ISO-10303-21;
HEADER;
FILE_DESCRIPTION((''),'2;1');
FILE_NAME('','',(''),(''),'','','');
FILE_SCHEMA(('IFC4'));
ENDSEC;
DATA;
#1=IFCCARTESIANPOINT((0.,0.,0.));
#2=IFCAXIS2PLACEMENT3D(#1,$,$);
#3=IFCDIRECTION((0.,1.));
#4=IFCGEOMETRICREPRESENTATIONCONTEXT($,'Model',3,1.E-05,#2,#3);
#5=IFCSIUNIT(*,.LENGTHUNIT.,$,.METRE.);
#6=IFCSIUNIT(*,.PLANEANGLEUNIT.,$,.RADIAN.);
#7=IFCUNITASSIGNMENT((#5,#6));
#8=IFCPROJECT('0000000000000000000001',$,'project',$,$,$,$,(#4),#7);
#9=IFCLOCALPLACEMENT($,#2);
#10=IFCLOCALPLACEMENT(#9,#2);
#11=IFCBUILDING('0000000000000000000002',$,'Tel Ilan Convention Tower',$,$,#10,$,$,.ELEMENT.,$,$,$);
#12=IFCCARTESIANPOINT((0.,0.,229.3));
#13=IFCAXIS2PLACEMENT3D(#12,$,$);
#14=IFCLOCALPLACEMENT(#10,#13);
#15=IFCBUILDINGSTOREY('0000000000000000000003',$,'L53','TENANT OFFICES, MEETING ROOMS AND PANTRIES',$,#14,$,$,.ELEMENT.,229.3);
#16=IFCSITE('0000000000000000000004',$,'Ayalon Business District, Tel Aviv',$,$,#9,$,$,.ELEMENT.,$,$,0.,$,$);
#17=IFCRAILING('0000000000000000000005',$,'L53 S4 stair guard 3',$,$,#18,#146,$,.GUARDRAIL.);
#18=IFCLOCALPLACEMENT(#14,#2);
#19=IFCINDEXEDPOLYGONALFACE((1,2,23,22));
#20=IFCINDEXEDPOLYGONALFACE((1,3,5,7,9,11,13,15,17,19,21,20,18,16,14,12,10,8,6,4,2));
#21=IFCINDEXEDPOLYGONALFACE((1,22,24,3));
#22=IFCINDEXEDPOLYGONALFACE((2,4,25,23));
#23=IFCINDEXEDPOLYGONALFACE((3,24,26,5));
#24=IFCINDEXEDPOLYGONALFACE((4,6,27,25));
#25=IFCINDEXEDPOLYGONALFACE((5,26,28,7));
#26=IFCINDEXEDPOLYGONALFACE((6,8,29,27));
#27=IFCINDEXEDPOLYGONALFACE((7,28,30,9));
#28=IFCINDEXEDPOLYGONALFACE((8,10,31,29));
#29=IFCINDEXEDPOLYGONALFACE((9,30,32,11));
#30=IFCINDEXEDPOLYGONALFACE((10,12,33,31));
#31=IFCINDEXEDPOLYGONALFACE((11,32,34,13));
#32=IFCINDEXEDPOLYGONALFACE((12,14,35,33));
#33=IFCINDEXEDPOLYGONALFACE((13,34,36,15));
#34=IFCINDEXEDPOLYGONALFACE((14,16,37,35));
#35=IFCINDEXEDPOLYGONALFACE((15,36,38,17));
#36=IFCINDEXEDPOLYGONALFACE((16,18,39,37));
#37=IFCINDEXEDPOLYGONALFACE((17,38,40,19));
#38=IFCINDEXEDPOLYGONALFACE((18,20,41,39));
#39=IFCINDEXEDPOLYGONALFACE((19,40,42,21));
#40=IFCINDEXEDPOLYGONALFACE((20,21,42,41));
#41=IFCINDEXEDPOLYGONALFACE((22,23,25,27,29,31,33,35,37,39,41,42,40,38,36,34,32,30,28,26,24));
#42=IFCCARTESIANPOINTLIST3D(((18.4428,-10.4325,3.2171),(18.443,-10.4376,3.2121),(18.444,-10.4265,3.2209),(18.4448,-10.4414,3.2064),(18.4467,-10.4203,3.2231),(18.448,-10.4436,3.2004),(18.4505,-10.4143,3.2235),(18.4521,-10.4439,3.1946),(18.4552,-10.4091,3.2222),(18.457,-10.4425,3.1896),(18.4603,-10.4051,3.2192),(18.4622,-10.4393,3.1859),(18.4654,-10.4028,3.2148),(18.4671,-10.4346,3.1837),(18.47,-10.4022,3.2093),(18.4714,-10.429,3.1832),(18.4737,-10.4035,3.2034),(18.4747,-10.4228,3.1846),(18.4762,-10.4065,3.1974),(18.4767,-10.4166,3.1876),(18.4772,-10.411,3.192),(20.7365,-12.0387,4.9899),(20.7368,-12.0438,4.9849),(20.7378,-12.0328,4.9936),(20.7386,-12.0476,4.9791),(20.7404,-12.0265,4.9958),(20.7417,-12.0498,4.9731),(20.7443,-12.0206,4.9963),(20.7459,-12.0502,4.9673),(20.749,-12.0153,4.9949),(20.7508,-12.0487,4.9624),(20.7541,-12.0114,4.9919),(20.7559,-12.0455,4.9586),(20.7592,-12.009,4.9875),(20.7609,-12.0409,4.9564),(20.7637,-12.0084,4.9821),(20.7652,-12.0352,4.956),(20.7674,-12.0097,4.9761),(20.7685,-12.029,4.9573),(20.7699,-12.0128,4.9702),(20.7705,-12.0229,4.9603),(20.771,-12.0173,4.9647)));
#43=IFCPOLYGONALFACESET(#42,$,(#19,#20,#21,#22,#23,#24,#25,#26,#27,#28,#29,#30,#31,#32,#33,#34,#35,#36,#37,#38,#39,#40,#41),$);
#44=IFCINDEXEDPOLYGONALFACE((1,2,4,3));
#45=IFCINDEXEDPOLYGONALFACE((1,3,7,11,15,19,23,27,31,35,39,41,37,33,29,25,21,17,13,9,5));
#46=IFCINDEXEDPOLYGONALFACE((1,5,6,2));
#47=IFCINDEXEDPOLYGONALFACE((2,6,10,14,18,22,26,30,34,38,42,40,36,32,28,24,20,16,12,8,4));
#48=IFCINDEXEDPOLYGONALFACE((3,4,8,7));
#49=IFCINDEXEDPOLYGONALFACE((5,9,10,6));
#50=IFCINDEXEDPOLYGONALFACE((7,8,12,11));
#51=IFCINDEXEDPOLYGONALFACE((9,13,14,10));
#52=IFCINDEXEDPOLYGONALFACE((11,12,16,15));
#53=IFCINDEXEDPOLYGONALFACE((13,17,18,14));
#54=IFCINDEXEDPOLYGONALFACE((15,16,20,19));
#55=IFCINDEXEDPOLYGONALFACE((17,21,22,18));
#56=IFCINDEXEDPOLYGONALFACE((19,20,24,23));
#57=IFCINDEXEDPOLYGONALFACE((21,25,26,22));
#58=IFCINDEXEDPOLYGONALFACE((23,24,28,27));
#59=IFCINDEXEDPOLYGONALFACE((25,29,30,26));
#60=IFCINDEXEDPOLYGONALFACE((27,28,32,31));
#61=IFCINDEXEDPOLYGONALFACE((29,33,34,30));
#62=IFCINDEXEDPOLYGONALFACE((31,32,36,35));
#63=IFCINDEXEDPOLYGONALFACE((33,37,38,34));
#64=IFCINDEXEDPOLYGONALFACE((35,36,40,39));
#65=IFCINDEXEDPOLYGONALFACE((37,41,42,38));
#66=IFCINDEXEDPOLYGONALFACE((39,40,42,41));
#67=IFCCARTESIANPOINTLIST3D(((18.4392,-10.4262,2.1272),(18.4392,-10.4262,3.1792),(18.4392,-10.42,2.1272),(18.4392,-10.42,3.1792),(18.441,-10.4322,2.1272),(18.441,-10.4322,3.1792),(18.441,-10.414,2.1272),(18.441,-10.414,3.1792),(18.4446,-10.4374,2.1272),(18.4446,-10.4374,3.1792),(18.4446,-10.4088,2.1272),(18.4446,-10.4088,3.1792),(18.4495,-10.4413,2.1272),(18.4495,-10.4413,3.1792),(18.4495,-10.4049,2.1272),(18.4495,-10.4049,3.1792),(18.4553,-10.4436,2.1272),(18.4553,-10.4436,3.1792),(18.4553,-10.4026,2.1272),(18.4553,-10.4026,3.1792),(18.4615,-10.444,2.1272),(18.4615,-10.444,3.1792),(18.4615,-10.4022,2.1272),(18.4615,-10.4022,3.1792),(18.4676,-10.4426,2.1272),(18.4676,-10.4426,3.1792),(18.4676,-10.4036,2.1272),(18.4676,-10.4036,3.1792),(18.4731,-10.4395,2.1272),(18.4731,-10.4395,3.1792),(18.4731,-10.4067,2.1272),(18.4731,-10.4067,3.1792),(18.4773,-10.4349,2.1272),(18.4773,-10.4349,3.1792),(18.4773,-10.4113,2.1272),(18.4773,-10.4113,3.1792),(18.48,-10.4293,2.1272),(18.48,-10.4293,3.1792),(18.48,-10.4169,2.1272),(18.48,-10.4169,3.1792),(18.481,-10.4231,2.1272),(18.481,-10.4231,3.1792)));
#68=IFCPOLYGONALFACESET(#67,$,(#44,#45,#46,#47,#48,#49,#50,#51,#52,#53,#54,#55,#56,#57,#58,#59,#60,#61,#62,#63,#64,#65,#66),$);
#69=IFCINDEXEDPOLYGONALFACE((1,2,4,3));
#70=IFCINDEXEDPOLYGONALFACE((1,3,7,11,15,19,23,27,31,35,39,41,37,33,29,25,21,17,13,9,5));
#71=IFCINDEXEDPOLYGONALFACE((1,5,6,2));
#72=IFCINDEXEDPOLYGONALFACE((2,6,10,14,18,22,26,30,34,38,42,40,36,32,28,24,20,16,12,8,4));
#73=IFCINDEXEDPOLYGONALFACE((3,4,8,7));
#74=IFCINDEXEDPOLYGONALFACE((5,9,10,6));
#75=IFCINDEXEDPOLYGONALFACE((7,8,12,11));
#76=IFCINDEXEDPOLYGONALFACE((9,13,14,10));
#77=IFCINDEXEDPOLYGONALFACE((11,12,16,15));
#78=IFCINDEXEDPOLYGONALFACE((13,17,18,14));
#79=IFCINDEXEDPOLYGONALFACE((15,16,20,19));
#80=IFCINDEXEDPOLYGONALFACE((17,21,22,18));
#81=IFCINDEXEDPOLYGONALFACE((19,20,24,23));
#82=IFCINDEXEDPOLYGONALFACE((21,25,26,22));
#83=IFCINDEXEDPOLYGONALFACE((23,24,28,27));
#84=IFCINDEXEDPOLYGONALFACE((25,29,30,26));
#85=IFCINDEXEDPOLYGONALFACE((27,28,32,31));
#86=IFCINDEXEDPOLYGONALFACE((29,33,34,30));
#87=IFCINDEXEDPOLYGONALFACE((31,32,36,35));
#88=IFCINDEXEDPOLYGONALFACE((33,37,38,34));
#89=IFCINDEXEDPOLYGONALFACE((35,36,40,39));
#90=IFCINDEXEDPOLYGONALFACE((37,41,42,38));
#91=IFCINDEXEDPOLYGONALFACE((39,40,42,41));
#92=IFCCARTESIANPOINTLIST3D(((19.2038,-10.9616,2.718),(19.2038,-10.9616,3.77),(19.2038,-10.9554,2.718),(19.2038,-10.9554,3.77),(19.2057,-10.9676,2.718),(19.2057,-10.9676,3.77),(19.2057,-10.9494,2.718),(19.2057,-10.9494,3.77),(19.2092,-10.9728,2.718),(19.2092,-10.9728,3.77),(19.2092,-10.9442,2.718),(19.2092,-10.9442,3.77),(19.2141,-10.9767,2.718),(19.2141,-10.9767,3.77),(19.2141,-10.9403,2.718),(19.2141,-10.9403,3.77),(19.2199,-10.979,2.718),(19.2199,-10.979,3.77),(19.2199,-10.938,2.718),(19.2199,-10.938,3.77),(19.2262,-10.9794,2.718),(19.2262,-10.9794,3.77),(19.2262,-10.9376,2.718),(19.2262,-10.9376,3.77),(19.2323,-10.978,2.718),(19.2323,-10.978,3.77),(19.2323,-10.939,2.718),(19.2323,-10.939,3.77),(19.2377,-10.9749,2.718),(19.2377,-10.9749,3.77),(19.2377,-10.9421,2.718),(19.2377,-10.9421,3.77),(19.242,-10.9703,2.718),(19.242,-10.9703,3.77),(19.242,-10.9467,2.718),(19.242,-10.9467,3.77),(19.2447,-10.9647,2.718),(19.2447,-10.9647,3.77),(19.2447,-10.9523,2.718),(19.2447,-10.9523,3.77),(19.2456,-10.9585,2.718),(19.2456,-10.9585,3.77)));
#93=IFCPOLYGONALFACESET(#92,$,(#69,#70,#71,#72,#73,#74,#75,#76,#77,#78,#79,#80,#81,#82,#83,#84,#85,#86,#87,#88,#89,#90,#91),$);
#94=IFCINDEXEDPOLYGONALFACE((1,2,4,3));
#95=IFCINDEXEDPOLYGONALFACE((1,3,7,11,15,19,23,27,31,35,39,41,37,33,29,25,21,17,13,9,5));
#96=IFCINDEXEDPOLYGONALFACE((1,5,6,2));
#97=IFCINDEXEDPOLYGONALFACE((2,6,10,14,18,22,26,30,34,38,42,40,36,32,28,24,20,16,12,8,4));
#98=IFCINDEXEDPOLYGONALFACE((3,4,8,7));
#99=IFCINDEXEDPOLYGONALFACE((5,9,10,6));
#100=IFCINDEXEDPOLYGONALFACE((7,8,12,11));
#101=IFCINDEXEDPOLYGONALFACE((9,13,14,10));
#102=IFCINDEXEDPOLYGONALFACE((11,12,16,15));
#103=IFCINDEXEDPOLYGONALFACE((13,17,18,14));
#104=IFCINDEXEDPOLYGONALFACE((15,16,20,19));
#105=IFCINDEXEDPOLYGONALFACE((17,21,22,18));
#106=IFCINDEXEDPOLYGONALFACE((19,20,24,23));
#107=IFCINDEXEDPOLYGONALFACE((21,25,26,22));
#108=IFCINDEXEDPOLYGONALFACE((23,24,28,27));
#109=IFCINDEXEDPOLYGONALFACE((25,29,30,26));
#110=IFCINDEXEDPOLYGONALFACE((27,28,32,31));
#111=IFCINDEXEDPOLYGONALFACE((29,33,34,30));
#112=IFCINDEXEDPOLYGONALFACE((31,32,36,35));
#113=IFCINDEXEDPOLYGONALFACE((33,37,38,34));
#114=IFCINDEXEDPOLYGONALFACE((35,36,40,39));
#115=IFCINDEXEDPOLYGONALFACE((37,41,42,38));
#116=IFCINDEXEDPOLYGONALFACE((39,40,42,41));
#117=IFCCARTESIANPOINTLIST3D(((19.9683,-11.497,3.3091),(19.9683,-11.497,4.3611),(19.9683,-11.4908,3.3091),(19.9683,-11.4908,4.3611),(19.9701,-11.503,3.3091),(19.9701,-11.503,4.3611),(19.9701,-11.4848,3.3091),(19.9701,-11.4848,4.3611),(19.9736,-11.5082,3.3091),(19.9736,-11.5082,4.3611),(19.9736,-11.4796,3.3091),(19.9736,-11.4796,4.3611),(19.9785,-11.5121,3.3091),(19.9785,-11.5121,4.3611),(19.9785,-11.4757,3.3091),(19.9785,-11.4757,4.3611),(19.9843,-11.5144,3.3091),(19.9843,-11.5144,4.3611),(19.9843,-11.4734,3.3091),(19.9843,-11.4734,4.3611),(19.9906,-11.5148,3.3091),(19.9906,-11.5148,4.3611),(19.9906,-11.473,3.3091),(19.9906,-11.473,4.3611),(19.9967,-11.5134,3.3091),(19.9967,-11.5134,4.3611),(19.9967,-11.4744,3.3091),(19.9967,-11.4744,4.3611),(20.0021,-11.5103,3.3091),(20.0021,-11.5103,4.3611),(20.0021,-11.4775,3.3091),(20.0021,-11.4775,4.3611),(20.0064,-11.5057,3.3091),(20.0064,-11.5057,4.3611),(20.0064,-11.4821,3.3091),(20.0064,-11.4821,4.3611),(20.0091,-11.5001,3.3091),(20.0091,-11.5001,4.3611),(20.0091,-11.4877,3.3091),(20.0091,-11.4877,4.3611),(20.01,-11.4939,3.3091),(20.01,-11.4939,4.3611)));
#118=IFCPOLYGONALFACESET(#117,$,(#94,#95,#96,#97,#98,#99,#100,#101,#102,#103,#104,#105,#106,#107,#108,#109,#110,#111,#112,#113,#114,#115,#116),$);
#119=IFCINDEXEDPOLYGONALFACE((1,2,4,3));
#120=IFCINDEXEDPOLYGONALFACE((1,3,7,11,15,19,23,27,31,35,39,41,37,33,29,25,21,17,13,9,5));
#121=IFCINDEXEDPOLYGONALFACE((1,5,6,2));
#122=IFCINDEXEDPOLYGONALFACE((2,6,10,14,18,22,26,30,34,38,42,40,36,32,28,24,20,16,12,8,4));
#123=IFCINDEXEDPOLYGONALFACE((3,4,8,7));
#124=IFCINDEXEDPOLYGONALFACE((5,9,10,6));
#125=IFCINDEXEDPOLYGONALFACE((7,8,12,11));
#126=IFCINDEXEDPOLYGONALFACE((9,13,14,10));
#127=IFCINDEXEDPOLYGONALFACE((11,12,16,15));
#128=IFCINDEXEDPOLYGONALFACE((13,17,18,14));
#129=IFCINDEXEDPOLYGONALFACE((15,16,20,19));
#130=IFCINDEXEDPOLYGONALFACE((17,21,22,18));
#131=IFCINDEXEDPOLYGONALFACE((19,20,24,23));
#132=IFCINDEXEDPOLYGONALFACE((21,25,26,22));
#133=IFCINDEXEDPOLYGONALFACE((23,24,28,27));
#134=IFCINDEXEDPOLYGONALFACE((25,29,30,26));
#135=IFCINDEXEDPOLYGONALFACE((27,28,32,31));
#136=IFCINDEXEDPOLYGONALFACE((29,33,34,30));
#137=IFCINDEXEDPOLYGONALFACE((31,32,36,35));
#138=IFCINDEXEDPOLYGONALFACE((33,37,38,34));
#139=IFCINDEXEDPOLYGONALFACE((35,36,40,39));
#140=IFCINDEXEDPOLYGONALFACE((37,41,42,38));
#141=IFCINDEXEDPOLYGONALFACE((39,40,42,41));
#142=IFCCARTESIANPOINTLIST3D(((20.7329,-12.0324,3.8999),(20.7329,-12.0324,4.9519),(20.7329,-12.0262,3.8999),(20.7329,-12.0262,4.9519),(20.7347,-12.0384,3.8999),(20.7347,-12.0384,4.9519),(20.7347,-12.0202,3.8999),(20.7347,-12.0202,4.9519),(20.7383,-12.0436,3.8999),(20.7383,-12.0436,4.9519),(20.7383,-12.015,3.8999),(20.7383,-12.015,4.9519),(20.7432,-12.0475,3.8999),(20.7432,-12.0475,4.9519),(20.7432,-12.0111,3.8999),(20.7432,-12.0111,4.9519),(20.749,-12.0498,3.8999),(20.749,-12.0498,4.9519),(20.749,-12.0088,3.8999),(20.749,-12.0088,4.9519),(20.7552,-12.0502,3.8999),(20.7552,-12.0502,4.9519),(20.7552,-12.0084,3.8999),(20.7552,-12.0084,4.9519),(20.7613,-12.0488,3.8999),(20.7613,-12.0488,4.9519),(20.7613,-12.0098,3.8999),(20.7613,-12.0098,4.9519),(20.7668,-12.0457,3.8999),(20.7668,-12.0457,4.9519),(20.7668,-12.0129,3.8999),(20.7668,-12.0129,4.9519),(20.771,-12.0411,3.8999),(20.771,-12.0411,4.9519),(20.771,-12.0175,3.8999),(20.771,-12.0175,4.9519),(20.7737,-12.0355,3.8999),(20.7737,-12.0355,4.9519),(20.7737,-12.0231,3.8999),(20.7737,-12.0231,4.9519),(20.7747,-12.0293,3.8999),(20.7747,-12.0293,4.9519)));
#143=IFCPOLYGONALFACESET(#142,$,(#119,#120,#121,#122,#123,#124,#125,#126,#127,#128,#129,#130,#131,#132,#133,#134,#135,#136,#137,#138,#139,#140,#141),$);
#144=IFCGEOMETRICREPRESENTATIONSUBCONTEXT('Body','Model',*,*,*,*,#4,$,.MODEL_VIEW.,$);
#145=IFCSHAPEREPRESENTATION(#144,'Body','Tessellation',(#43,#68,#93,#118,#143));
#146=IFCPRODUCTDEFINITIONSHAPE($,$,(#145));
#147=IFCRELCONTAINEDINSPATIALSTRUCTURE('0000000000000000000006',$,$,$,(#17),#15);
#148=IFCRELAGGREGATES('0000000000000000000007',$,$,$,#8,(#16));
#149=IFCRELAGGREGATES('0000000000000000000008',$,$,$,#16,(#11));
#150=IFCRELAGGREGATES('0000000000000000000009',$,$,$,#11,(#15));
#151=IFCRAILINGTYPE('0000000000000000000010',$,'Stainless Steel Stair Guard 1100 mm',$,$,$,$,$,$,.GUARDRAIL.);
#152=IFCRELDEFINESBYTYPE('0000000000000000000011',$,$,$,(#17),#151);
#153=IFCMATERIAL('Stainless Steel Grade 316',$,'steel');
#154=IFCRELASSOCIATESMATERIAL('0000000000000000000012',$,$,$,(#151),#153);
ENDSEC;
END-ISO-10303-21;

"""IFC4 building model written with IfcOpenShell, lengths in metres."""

from ifc_helpers import new_model, si_unit, direction, frame, origin, origin_2d, place, context, subcontext, project, spatial, circle, extrude, material, type_object, element, save


model = new_model("IFC4")

# Units and contexts
model_context = context("Model", 3, precision=1e-05, world=origin(), true_north=direction((0.0, 1.0)))
body_context = subcontext(model_context, "Body", "Model", "MODEL_VIEW")
ifc_project = project(units=[si_unit("LENGTHUNIT", "METRE"), si_unit("PLANEANGLEUNIT", "RADIAN")], contexts=[model_context])

# Site, building, storey
site_placement = place(None, origin())
site = spatial("IfcSite", under=ifc_project, at=site_placement, Name="Ayalon Business District, Tel Aviv", CompositionType="ELEMENT", RefElevation=0.0)
building_placement = place(site_placement, origin())
building = spatial("IfcBuilding", under=site, at=building_placement, Name="Tel Ilan Convention Tower", CompositionType="ELEMENT")
storey_placement = place(building_placement, frame((0.0, 0.0, 229.3)))
storey = spatial("IfcBuildingStorey", under=building, at=storey_placement, Name="L53", Description="TENANT OFFICES, MEETING ROOMS AND PANTRIES", CompositionType="ELEMENT", Elevation=229.3)

# Railing
ifc_material_1 = material(Name="Stainless Steel Grade 316", Category="steel")
railing_type_1 = type_object("IfcRailingType", Name="Stainless Steel Stair Guard 1100 mm", PredefinedType="GUARDRAIL", material=ifc_material_1)
railing_1_placement = place(storey_placement, frame((18.46, -10.4231, 2.1272)))
element("IfcRailing", 1, at=railing_1_placement, inside=storey, type_object=railing_type_1, Name="L53 S4 stair guard 3", PredefinedType="GUARDRAIL", context=body_context, shape_type="SweptSolid", body=[
    extrude(circle(Radius=0.0239, at=origin_2d()), frame((0.0, 0.0, 1.0762), z_axis=(0.692098, -0.484653, 0.534894), x_axis=(0.573609, 0.81913, 0.0)), (0.0, 0.0, 1.0), 3.3142),
    extrude(circle(Radius=0.021, at=origin_2d()), origin(), (0.0, 0.0, 1.0), 1.052),
    extrude(circle(Radius=0.021, at=origin_2d()), frame((0.7646, -0.5354, 0.5908)), (0.0, 0.0, 1.0), 1.052),
    extrude(circle(Radius=0.021, at=origin_2d()), frame((1.5291, -1.0708, 1.1819)), (0.0, 0.0, 1.0), 1.052),
    extrude(circle(Radius=0.021, at=origin_2d()), frame((2.2937, -1.6062, 1.7727)), (0.0, 0.0, 1.0), 1.052),
])

save(model, "model.ifc")
